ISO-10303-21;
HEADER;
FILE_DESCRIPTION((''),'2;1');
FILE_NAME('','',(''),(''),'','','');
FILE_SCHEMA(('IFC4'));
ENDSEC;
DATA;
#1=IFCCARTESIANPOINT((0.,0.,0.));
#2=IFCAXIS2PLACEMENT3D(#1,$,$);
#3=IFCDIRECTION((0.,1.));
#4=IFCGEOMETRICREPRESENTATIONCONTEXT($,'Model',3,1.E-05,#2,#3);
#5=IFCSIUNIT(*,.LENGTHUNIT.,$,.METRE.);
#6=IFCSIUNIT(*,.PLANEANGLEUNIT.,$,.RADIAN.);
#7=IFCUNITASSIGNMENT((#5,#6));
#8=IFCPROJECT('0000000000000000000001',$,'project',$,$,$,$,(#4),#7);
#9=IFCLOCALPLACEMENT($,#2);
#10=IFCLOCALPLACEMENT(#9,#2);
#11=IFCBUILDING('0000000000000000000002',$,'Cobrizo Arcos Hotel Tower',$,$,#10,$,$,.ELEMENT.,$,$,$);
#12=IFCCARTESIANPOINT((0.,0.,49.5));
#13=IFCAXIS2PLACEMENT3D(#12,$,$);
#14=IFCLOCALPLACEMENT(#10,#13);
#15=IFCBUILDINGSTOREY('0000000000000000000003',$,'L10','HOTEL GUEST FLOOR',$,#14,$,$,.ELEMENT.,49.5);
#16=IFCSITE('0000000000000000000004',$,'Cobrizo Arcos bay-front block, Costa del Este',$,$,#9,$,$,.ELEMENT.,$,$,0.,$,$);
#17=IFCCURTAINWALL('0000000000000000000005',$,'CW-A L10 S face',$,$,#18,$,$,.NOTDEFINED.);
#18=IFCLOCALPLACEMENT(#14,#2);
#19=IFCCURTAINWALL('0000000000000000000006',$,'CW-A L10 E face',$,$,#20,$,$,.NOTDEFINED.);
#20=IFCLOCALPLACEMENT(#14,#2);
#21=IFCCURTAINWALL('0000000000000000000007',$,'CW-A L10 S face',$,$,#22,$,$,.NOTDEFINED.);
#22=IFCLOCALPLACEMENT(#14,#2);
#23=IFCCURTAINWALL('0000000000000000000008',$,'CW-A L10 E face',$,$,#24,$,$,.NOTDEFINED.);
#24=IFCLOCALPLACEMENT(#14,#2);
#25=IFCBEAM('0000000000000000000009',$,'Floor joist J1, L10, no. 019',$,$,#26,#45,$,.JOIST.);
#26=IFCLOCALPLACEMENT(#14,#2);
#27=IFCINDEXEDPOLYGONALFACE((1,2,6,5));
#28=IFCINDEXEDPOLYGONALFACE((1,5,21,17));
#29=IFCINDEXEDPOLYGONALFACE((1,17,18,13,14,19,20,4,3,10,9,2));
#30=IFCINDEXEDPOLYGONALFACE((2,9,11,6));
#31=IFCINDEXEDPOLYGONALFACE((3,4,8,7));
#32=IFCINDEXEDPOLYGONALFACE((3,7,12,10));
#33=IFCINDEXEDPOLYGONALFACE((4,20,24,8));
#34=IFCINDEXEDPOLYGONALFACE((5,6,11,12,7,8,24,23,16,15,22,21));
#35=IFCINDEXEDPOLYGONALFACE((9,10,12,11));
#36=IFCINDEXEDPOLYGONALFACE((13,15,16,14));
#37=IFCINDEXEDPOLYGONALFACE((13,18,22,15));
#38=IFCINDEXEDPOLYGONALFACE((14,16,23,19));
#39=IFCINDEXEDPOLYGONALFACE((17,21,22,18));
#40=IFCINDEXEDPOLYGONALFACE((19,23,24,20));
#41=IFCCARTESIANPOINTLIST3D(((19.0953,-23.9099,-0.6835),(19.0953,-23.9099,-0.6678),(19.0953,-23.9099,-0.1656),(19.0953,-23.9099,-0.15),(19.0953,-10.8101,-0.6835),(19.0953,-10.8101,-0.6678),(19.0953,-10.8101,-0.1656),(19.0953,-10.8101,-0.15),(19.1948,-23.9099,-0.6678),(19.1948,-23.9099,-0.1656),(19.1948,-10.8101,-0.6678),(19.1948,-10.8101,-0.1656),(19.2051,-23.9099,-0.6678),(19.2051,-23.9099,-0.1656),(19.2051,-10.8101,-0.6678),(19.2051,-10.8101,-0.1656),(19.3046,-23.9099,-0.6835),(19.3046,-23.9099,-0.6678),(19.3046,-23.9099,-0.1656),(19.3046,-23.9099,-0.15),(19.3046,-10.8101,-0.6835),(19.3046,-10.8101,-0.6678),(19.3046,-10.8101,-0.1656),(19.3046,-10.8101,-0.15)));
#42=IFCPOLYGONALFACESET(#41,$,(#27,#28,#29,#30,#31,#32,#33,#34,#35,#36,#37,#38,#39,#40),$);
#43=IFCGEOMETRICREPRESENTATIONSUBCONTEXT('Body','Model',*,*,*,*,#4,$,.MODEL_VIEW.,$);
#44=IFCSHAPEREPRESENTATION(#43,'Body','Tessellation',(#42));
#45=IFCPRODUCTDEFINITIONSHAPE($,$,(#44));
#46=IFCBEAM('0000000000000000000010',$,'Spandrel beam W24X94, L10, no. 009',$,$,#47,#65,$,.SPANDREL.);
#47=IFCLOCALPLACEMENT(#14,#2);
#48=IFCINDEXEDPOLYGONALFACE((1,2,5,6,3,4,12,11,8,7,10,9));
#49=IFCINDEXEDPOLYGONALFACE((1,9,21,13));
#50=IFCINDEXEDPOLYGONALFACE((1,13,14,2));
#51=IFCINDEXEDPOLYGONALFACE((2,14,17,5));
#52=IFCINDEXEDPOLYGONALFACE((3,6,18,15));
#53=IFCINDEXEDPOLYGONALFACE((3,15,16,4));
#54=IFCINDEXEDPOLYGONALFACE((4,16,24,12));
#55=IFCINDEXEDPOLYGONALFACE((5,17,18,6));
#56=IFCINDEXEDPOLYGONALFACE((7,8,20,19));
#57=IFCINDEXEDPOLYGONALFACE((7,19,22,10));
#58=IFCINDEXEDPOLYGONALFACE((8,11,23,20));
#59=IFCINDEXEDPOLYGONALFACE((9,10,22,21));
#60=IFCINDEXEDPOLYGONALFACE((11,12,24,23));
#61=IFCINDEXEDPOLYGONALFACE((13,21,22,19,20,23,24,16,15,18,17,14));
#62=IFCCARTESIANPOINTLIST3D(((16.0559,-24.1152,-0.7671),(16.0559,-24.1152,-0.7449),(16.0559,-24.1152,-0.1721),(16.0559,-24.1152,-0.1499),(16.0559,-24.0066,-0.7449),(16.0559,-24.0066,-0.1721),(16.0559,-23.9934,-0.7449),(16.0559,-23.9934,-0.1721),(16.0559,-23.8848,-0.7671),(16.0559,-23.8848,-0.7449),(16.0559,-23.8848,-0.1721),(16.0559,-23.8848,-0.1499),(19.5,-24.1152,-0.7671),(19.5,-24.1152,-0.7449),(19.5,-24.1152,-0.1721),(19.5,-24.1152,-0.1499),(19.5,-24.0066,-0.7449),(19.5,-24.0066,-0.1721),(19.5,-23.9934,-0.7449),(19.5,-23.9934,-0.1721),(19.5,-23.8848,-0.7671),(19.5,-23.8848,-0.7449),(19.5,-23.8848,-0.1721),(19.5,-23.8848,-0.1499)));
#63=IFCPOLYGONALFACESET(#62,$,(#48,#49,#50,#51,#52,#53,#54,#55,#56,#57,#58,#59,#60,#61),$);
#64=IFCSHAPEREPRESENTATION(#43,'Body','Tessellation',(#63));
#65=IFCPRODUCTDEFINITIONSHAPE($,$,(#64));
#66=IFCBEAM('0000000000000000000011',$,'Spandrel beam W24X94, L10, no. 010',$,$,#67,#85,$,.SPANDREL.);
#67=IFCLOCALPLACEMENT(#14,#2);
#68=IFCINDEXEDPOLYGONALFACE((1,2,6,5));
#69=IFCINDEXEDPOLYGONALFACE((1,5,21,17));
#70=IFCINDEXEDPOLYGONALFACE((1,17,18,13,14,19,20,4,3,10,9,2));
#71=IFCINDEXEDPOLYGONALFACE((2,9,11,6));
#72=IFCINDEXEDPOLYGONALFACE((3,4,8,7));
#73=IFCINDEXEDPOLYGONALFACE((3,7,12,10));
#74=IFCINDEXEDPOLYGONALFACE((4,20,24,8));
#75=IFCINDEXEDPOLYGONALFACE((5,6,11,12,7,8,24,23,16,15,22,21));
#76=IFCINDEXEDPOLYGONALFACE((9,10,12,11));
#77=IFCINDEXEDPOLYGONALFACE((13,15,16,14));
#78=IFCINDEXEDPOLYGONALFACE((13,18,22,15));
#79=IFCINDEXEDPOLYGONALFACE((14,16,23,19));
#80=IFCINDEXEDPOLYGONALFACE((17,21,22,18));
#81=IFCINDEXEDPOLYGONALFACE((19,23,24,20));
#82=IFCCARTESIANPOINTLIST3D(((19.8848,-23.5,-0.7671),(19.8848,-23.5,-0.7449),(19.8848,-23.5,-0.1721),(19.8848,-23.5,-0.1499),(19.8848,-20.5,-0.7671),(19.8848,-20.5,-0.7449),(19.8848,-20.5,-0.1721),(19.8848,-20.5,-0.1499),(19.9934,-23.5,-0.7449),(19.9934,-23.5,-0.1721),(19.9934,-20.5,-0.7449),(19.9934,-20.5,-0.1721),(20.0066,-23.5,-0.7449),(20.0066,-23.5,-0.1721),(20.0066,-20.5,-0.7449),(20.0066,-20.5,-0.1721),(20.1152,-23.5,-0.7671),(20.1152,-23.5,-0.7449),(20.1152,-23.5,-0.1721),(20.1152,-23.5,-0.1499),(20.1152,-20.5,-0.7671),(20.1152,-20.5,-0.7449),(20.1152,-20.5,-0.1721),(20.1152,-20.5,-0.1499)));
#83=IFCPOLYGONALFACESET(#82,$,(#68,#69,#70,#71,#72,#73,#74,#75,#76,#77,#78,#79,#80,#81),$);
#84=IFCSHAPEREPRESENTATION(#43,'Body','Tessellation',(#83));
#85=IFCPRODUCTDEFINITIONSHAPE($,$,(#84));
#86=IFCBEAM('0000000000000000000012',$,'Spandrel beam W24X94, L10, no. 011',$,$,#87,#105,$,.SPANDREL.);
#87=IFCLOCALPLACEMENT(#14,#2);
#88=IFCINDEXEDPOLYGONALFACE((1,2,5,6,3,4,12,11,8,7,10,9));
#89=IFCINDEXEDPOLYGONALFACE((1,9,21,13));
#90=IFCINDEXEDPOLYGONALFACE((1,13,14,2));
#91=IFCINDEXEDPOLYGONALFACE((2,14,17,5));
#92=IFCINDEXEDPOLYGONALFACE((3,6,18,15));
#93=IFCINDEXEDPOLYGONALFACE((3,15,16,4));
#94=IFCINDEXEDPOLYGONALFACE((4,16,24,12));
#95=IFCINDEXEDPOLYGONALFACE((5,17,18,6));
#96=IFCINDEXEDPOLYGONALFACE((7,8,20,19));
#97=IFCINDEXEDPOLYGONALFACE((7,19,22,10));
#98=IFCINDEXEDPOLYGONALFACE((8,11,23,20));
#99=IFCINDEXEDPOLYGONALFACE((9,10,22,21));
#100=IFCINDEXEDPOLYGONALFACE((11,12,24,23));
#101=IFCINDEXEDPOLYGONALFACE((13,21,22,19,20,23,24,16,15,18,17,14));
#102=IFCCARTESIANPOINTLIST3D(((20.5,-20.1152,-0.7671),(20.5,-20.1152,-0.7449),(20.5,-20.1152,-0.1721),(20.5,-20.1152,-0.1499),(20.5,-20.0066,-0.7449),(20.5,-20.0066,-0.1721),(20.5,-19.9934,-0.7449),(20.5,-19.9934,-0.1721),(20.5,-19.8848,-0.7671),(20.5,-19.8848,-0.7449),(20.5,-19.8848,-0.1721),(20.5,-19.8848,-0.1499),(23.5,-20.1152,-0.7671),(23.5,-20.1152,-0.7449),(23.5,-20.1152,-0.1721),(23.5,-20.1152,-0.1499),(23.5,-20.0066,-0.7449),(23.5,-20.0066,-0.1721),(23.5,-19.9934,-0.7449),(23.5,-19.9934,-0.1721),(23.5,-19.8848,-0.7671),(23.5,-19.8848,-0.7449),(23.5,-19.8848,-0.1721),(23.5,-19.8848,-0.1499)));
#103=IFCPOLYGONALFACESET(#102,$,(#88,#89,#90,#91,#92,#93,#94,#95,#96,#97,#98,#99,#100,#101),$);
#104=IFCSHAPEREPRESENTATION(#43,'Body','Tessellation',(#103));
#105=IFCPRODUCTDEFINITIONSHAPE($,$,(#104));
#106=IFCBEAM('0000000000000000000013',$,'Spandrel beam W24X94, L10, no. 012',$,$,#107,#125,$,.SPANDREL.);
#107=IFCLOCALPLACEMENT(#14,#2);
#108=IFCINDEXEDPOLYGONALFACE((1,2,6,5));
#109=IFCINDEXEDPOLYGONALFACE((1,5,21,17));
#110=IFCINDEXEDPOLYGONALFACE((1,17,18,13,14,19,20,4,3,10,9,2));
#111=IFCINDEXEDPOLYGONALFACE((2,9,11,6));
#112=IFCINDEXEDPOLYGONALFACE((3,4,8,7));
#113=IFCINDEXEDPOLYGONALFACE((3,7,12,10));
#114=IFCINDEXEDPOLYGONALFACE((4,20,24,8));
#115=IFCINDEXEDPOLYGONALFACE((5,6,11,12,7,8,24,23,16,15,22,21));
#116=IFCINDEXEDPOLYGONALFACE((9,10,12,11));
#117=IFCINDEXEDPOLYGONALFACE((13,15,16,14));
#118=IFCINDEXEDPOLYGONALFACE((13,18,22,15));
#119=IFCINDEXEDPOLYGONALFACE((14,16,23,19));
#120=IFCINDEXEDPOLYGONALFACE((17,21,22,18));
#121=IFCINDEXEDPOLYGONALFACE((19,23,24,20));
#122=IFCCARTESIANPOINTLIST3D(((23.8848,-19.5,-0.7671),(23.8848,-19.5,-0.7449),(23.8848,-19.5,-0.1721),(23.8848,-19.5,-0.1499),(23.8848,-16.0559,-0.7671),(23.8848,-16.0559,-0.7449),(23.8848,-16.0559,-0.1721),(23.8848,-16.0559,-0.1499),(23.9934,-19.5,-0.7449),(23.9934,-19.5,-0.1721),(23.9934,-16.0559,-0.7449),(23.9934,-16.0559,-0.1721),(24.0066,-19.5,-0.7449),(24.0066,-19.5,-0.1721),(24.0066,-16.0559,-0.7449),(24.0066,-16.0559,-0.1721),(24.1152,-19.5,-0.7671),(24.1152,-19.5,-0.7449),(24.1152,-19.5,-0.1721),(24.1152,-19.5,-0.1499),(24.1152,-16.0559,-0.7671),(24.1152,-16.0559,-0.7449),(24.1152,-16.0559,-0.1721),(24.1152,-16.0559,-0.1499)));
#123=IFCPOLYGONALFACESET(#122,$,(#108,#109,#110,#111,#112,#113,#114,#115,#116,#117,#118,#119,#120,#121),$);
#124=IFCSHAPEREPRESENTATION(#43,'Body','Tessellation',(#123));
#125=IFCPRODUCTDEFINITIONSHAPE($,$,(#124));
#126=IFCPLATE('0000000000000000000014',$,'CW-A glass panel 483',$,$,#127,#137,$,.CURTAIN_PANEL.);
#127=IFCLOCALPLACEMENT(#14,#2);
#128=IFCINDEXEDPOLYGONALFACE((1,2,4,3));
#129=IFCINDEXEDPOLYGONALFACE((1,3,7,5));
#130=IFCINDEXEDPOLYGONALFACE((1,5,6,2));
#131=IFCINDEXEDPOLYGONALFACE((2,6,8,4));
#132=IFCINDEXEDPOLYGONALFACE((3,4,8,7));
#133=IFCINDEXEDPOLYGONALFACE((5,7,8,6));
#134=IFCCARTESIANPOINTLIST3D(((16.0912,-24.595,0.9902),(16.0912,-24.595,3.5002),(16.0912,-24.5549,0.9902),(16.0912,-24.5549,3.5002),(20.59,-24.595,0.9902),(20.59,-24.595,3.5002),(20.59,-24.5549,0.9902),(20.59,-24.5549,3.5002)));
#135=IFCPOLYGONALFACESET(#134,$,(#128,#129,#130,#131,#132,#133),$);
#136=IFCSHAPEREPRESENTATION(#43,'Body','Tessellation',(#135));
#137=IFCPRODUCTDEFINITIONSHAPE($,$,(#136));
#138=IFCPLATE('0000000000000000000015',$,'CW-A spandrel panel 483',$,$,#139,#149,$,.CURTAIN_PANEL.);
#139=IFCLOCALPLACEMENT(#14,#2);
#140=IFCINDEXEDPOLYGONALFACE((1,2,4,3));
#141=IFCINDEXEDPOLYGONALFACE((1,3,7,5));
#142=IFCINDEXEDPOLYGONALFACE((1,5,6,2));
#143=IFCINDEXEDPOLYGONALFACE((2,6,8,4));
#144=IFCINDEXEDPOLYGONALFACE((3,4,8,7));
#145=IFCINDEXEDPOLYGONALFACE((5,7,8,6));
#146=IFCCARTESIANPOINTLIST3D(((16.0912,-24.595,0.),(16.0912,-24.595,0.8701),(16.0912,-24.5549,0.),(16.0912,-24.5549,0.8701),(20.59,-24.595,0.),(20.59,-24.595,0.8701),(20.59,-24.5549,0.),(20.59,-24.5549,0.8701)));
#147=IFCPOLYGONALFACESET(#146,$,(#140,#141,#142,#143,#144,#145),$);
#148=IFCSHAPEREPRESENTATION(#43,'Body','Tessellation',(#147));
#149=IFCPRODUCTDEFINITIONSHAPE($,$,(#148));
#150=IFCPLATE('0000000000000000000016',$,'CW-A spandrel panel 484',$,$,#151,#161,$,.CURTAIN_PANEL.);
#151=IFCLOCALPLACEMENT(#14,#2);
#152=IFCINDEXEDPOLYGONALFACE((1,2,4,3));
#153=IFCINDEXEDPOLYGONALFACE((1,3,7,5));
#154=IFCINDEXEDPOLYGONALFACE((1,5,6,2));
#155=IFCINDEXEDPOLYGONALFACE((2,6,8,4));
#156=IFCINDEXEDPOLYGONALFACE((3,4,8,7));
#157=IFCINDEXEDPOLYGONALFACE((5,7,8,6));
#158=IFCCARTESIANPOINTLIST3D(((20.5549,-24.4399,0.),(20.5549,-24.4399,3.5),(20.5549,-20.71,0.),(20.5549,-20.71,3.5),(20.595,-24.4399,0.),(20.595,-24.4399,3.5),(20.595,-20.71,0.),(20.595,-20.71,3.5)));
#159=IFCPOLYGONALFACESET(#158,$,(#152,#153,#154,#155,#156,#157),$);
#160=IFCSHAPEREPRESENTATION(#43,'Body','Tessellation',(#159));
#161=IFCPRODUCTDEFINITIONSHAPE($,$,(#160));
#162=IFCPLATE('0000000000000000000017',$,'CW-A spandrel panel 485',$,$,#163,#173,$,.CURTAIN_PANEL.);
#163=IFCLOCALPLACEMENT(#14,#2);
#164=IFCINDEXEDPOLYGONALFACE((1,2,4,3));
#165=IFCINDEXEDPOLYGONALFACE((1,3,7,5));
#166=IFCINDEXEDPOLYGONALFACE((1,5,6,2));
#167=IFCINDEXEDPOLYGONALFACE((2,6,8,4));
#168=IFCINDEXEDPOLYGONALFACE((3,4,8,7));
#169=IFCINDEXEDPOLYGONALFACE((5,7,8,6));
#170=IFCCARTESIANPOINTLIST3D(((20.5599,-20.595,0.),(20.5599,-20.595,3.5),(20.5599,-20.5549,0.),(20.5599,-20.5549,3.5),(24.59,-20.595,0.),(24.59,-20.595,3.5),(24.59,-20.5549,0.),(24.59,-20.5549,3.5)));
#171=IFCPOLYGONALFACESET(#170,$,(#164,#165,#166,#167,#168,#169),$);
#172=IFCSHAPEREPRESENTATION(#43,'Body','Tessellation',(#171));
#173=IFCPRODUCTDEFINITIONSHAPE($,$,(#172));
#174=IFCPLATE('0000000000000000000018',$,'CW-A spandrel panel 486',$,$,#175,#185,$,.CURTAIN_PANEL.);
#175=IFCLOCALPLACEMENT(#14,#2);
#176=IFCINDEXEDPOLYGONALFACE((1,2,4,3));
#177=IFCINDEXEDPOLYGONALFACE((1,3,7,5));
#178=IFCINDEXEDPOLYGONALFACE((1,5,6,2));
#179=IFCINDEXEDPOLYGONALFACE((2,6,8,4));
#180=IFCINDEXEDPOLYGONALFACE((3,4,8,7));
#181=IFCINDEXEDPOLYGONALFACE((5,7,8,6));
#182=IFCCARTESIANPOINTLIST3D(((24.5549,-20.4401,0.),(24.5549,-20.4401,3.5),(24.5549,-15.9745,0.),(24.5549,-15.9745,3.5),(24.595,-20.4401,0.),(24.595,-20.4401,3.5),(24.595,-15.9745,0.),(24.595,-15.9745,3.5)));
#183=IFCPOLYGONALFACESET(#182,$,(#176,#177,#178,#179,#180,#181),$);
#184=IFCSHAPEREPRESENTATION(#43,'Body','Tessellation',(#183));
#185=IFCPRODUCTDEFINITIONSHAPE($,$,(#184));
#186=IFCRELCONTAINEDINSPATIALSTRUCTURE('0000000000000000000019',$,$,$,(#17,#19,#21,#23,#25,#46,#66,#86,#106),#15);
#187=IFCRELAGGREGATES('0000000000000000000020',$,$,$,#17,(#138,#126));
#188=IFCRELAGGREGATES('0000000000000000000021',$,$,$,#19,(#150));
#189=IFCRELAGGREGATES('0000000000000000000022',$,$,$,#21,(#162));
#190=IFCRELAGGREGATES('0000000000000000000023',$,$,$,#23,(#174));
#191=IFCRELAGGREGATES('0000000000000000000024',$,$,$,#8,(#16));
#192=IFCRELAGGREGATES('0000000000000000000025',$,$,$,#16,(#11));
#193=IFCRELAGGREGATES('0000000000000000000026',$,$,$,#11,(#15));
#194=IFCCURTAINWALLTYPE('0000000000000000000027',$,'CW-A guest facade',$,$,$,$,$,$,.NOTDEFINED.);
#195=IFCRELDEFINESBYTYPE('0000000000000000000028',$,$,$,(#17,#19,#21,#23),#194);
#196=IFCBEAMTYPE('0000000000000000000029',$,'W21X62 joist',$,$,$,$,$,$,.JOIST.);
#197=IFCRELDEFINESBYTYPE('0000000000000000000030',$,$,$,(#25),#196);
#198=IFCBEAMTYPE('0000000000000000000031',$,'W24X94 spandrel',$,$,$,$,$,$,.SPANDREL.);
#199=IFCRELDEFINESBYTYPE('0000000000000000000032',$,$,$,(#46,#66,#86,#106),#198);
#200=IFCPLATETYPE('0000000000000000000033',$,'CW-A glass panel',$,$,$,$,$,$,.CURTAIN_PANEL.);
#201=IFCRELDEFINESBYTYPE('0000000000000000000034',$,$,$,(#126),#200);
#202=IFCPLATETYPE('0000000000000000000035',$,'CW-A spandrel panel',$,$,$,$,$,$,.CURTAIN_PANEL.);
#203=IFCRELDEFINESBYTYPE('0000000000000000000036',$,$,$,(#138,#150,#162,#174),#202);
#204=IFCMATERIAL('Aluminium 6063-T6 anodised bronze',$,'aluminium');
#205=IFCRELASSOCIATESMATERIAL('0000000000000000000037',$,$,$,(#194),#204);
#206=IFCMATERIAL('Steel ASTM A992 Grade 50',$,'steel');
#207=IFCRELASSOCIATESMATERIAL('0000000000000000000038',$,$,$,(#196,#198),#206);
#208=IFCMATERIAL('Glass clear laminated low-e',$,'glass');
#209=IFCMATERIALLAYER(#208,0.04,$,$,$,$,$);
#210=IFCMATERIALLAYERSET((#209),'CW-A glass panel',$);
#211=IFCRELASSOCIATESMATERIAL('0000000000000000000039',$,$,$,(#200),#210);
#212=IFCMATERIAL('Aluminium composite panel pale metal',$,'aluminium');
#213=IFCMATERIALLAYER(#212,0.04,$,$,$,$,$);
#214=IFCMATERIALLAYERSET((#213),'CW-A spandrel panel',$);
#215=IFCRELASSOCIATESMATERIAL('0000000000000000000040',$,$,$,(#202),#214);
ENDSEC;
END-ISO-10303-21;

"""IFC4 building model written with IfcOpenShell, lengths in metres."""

from ifc_helpers import new_model, si_unit, direction, frame, origin, origin_2d, place, context, subcontext, project, spatial, rectangle, i_section, extrude, material, layer, layer_set, material_profile, profile_set, type_object, element, aggregate, save


model = new_model("IFC4")

# Units and contexts
model_context = context("Model", 3, precision=1e-05, world=origin(), true_north=direction((0.0, 1.0)))
body_context = subcontext(model_context, "Body", "Model", "MODEL_VIEW")
ifc_project = project(units=[si_unit("LENGTHUNIT", "METRE"), si_unit("PLANEANGLEUNIT", "RADIAN")], contexts=[model_context])

# Site, building, storey
site_placement = place(None, origin())
site = spatial("IfcSite", under=ifc_project, at=site_placement, Name="Cobrizo Arcos bay-front block, Costa del Este", CompositionType="ELEMENT", RefElevation=0.0)
building_placement = place(site_placement, origin())
building = spatial("IfcBuilding", under=site, at=building_placement, Name="Cobrizo Arcos Hotel Tower", CompositionType="ELEMENT")
storey_placement = place(building_placement, frame((0.0, 0.0, 49.5)))
storey = spatial("IfcBuildingStorey", under=building, at=storey_placement, Name="L10", Description="HOTEL GUEST FLOOR", CompositionType="ELEMENT", Elevation=49.5)

# Curtain walls
ifc_material_1 = material(Name="Aluminium 6063-T6 anodised bronze", Category="aluminium")
curtain_wall_type = type_object("IfcCurtainWallType", Name="CW-A guest facade", PredefinedType="NOTDEFINED", material=ifc_material_1)
curtain_wall_1_placement = place(storey_placement, origin())
curtain_wall_1 = element("IfcCurtainWall", 1, at=curtain_wall_1_placement, inside=storey, type_object=curtain_wall_type, Name="CW-A L10 S face", PredefinedType="NOTDEFINED")
curtain_wall_2_placement = place(storey_placement, origin())
curtain_wall_2 = element("IfcCurtainWall", 2, at=curtain_wall_2_placement, inside=storey, type_object=curtain_wall_type, Name="CW-A L10 E face", PredefinedType="NOTDEFINED")
curtain_wall_3_placement = place(storey_placement, origin())
curtain_wall_3 = element("IfcCurtainWall", 3, at=curtain_wall_3_placement, inside=storey, type_object=curtain_wall_type, Name="CW-A L10 S face", PredefinedType="NOTDEFINED")
curtain_wall_4_placement = place(storey_placement, origin())
curtain_wall_4 = element("IfcCurtainWall", 4, at=curtain_wall_4_placement, inside=storey, type_object=curtain_wall_type, Name="CW-A L10 E face", PredefinedType="NOTDEFINED")

# Beams
ifc_material_2 = material(Name="Steel ASTM A992 Grade 50", Category="steel")
ifc_material_profile_1 = material_profile(ifc_material_2, i_section(OverallWidth=0.2092, OverallDepth=0.5334, WebThickness=0.0103, FlangeThickness=0.0156, at=origin_2d()), Name="W21X62")
ifc_profile_set_1 = profile_set([ifc_material_profile_1], Name="Steel ASTM A992 Grade 50")
beam_type_1 = type_object("IfcBeamType", Name="W21X62 joist", PredefinedType="JOIST", material=ifc_profile_set_1)
beam_1_placement = place(storey_placement, frame((19.2, -23.9099, -0.4167), z_axis=(0.0, 1.0, 0.0), x_axis=(-1.0, 0.0, 0.0)))
element("IfcBeam", 5, at=beam_1_placement, inside=storey, type_object=beam_type_1, Name="Floor joist J1, L10, no. 019", PredefinedType="JOIST", context=body_context, shape_type="SweptSolid", body=[
    extrude(i_section(OverallWidth=0.2092, OverallDepth=0.5334, WebThickness=0.0103, FlangeThickness=0.0156, at=origin_2d()), origin(), (0.0, 0.0, 1.0), 13.0999),
])
ifc_material_profile_2 = material_profile(ifc_material_2, i_section(OverallWidth=0.2305, OverallDepth=0.6172, WebThickness=0.0132, FlangeThickness=0.0222, at=origin_2d()), Name="W24X94")
ifc_profile_set_2 = profile_set([ifc_material_profile_2], Name="Steel ASTM A992 Grade 50")
beam_type_2 = type_object("IfcBeamType", Name="W24X94 spandrel", PredefinedType="SPANDREL", material=ifc_profile_set_2)
beam_2_placement = place(storey_placement, frame((16.0559, -24.0, -0.4585), z_axis=(1.0, 0.0, 0.0), x_axis=(0.0, 1.0, 0.0)))
element("IfcBeam", 6, at=beam_2_placement, inside=storey, type_object=beam_type_2, Name="Spandrel beam W24X94, L10, no. 009", PredefinedType="SPANDREL", context=body_context, shape_type="SweptSolid", body=[
    extrude(i_section(OverallWidth=0.2305, OverallDepth=0.6172, WebThickness=0.0132, FlangeThickness=0.0222, at=origin_2d()), origin(), (0.0, 0.0, 1.0), 3.4441),
])
for number, where, z_axis, x_axis, name in (
    (7, (20.0, -23.5, -0.4585), (0.0, 1.0, 0.0), (-1.0, 0.0, 0.0), "Spandrel beam W24X94, L10, no. 010"),
    (8, (20.5, -20.0, -0.4585), (1.0, 0.0, 0.0), (0.0, 1.0, 0.0), "Spandrel beam W24X94, L10, no. 011"),
):
    element("IfcBeam", number, at=place(storey_placement, frame(where, z_axis=z_axis, x_axis=x_axis)), inside=storey, type_object=beam_type_2, Name=name, PredefinedType="SPANDREL", context=body_context, shape_type="SweptSolid", body=[
        extrude(i_section(OverallWidth=0.2305, OverallDepth=0.6172, WebThickness=0.0132, FlangeThickness=0.0222, at=origin_2d()), origin(), (0.0, 0.0, 1.0), 3.0),
    ])
beam_3_placement = place(storey_placement, frame((24.0, -19.5, -0.4585), z_axis=(0.0, 1.0, 0.0), x_axis=(-1.0, 0.0, 0.0)))
element("IfcBeam", 9, at=beam_3_placement, inside=storey, type_object=beam_type_2, Name="Spandrel beam W24X94, L10, no. 012", PredefinedType="SPANDREL", context=body_context, shape_type="SweptSolid", body=[
    extrude(i_section(OverallWidth=0.2305, OverallDepth=0.6172, WebThickness=0.0132, FlangeThickness=0.0222, at=origin_2d()), origin(), (0.0, 0.0, 1.0), 3.4441),
])

# Plates
ifc_material_3 = material(Name="Glass clear laminated low-e", Category="glass")
ifc_layer_1 = layer(ifc_material_3, 0.04)
ifc_layer_set_1 = layer_set([ifc_layer_1], Name="CW-A glass panel")
plate_type_1 = type_object("IfcPlateType", Name="CW-A glass panel", PredefinedType="CURTAIN_PANEL", material=ifc_layer_set_1)
plate_1_placement = place(storey_placement, frame((18.3406, -24.575, 0.9902), z_axis=(0.0, 0.0, 1.0), x_axis=(1.0, 0.0, 0.0)))
plate_1 = element("IfcPlate", 10, at=plate_1_placement, type_object=plate_type_1, Name="CW-A glass panel 483", PredefinedType="CURTAIN_PANEL", context=body_context, shape_type="SweptSolid", body=[
    extrude(rectangle(XDim=4.4988, YDim=0.04, at=origin_2d()), origin(), (0.0, 0.0, 1.0), 2.51),
])
ifc_material_4 = material(Name="Aluminium composite panel pale metal", Category="aluminium")
ifc_layer_2 = layer(ifc_material_4, 0.04)
ifc_layer_set_2 = layer_set([ifc_layer_2], Name="CW-A spandrel panel")
plate_type_2 = type_object("IfcPlateType", Name="CW-A spandrel panel", PredefinedType="CURTAIN_PANEL", material=ifc_layer_set_2)
plate_2_placement = place(storey_placement, frame((18.3406, -24.575, 0.0), z_axis=(0.0, 0.0, 1.0), x_axis=(1.0, 0.0, 0.0)))
plate_2 = element("IfcPlate", 11, at=plate_2_placement, type_object=plate_type_2, Name="CW-A spandrel panel 483", PredefinedType="CURTAIN_PANEL", context=body_context, shape_type="SweptSolid", body=[
    extrude(rectangle(XDim=4.4988, YDim=0.04, at=origin_2d()), origin(), (0.0, 0.0, 1.0), 0.8701),
])
aggregate(curtain_wall_1, [plate_2, plate_1])
plate_3_placement = place(storey_placement, frame((20.575, -22.575, 0.0), z_axis=(0.0, 0.0, 1.0), x_axis=(0.0, 1.0, 0.0)))
plate_3 = element("IfcPlate", 12, at=plate_3_placement, type_object=plate_type_2, Name="CW-A spandrel panel 484", PredefinedType="CURTAIN_PANEL", context=body_context, shape_type="SweptSolid", body=[
    extrude(rectangle(XDim=3.73, YDim=0.04, at=origin_2d()), origin(), (0.0, 0.0, 1.0), 3.5),
])
aggregate(curtain_wall_2, [plate_3])
plate_4_placement = place(storey_placement, frame((22.575, -20.575, 0.0), z_axis=(0.0, 0.0, 1.0), x_axis=(1.0, 0.0, 0.0)))
plate_4 = element("IfcPlate", 13, at=plate_4_placement, type_object=plate_type_2, Name="CW-A spandrel panel 485", PredefinedType="CURTAIN_PANEL", context=body_context, shape_type="SweptSolid", body=[
    extrude(rectangle(XDim=4.03, YDim=0.04, at=origin_2d()), origin(), (0.0, 0.0, 1.0), 3.5),
])
aggregate(curtain_wall_3, [plate_4])
plate_5_placement = place(storey_placement, frame((24.575, -18.2073, 0.0), z_axis=(0.0, 0.0, 1.0), x_axis=(0.0, 1.0, 0.0)))
plate_5 = element("IfcPlate", 14, at=plate_5_placement, type_object=plate_type_2, Name="CW-A spandrel panel 486", PredefinedType="CURTAIN_PANEL", context=body_context, shape_type="SweptSolid", body=[
    extrude(rectangle(XDim=4.4656, YDim=0.04, at=origin_2d()), origin(), (0.0, 0.0, 1.0), 3.5),
])
aggregate(curtain_wall_4, [plate_5])

save(model, "model.ifc")
